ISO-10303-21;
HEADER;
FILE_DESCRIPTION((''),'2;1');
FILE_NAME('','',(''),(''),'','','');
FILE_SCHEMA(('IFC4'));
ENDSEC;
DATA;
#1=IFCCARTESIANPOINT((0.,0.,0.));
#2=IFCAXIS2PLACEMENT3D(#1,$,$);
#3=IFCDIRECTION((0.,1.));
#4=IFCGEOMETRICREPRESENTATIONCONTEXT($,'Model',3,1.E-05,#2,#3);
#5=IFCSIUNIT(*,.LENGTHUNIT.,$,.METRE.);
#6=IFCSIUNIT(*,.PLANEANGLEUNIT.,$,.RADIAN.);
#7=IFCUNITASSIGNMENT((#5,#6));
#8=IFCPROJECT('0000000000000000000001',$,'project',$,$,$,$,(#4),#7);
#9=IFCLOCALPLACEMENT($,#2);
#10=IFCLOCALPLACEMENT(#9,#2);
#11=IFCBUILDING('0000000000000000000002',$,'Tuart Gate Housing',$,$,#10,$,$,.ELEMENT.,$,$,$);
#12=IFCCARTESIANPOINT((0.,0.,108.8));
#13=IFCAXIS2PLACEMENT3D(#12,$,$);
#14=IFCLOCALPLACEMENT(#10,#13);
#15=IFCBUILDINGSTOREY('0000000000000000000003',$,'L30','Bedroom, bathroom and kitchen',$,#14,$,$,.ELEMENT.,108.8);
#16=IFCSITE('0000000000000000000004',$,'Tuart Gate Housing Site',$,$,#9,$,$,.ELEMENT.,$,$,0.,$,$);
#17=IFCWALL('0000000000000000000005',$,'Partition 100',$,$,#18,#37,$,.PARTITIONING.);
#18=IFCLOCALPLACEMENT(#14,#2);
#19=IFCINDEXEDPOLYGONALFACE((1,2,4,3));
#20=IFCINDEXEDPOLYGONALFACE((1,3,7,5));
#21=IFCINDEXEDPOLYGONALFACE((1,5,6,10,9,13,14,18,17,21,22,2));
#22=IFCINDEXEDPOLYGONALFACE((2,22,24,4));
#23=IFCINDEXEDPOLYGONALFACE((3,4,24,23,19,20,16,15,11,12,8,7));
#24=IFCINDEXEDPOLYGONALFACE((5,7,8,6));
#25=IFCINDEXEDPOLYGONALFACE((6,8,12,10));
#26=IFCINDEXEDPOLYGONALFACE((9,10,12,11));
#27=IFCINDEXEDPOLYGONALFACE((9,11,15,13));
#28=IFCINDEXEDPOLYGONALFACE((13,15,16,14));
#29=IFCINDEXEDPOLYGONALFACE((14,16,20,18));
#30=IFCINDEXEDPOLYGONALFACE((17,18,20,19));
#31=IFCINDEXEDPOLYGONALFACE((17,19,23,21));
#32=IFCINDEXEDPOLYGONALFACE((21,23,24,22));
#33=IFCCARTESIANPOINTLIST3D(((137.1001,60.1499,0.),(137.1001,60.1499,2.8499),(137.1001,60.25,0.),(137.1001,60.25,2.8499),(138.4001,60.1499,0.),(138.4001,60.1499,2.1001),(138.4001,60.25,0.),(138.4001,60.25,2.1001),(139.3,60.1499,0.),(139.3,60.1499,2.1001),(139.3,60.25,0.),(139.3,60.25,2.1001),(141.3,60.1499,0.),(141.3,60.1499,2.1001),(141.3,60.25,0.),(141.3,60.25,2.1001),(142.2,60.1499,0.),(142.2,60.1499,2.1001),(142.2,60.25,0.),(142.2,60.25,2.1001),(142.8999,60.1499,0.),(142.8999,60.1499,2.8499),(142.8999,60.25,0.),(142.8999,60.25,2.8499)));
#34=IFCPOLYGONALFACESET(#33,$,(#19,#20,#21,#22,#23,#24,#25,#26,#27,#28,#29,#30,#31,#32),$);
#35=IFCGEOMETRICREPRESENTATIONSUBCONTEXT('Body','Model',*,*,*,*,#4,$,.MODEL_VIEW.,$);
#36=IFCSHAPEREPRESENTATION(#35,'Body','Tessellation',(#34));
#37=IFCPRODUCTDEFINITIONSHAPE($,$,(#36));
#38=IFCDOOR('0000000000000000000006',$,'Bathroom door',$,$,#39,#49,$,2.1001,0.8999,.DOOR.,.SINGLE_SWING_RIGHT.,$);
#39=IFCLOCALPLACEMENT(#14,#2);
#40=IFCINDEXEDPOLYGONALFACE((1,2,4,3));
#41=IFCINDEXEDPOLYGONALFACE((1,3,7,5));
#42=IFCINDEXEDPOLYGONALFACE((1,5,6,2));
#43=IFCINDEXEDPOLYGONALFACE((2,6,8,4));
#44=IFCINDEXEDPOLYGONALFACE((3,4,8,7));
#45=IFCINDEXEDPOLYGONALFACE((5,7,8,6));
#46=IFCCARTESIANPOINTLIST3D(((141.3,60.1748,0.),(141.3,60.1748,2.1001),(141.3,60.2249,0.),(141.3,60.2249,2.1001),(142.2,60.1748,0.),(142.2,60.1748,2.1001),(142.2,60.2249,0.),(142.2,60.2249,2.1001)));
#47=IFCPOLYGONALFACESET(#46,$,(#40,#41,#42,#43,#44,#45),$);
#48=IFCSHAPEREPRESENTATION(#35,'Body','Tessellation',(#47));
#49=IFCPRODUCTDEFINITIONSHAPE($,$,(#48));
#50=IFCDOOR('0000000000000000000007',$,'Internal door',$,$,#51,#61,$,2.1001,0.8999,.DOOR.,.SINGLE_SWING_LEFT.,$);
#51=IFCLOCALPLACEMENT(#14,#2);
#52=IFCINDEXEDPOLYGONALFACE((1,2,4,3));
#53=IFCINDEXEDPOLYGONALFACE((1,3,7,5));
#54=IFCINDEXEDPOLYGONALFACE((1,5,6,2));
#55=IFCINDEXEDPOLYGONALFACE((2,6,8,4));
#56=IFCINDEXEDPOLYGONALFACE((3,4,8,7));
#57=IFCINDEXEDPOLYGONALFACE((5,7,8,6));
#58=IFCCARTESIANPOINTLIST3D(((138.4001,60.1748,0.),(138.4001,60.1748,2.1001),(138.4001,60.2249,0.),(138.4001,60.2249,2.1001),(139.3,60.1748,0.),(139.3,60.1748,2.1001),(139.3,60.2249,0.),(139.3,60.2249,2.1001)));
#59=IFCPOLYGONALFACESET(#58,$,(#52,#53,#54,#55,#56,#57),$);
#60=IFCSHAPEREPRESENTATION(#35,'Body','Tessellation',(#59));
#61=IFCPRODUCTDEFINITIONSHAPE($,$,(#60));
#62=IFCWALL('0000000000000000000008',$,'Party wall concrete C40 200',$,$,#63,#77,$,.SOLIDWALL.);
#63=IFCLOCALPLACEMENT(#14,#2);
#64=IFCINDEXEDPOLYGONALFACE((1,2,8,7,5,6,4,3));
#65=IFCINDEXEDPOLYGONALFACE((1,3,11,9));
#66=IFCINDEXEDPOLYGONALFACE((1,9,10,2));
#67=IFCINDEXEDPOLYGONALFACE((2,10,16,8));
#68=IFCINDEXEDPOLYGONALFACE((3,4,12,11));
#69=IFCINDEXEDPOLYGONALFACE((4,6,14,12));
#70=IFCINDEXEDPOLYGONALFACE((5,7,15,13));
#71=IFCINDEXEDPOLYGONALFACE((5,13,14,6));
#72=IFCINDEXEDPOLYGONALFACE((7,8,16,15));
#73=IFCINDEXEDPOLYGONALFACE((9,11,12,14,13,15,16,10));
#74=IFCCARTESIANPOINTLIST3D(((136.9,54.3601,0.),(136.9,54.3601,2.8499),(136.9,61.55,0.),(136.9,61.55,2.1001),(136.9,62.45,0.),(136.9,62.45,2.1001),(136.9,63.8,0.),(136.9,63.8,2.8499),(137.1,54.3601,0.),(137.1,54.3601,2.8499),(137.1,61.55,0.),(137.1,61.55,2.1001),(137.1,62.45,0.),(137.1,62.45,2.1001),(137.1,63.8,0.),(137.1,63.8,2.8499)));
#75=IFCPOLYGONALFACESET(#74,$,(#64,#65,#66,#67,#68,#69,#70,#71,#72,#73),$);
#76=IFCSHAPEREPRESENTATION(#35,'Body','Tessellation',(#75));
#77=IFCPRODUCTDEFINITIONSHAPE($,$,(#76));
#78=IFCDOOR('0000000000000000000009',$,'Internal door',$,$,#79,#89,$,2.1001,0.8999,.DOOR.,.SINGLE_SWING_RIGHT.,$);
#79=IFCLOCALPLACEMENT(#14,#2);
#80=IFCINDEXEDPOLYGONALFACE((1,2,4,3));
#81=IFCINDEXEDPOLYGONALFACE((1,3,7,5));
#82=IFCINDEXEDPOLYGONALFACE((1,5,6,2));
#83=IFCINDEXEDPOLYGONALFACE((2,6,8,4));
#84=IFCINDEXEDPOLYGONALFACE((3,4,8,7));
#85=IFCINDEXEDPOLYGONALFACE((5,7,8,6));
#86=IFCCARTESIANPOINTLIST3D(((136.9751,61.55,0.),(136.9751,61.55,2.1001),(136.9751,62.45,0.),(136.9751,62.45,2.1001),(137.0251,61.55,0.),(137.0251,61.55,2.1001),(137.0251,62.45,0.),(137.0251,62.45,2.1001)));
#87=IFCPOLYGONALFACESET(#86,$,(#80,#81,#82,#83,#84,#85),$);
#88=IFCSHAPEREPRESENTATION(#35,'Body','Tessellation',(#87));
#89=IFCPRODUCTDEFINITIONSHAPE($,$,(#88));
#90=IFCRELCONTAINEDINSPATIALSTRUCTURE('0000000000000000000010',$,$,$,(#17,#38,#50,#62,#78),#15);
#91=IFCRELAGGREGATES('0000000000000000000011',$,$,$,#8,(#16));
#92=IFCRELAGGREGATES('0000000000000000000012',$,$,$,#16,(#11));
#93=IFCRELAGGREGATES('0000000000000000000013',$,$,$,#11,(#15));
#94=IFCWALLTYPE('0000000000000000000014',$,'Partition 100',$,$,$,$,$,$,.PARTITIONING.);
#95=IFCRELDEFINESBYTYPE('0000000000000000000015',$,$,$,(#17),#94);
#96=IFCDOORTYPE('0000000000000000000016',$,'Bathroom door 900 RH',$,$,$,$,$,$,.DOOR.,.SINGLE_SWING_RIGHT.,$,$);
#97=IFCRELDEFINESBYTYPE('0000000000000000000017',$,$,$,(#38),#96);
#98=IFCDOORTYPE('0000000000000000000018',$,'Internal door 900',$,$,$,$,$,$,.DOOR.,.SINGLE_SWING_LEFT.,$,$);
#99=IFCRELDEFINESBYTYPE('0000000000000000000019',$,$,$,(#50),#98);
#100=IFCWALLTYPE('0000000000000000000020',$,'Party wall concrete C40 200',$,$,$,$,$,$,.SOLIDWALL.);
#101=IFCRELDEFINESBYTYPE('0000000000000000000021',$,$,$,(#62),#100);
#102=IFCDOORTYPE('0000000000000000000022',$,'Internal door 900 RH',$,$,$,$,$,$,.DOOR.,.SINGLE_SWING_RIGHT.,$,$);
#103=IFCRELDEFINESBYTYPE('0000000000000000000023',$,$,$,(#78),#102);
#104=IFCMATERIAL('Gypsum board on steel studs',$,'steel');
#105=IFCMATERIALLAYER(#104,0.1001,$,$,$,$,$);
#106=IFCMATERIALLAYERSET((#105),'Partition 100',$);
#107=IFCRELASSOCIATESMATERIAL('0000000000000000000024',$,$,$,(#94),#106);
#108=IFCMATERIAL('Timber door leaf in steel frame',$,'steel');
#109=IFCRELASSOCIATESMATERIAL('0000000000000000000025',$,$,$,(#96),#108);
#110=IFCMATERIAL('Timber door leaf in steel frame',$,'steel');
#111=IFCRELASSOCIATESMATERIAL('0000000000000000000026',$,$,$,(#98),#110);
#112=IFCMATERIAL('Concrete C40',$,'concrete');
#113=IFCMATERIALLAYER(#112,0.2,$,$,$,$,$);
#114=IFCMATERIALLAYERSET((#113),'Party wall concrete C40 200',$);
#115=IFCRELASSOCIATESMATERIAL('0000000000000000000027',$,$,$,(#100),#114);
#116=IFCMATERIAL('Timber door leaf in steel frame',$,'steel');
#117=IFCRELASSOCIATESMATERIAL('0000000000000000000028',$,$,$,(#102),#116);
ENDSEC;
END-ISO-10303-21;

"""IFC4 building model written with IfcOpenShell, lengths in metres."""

from ifc_helpers import new_model, si_unit, direction, frame, frame_2d, origin, place, context, subcontext, project, spatial, rectangle, extrude, material, layer, layer_set, type_object, element, fill, save


model = new_model("IFC4")

# Units and contexts
model_context = context("Model", 3, precision=1e-05, world=origin(), true_north=direction((0.0, 1.0)))
body_context = subcontext(model_context, "Body", "Model", "MODEL_VIEW")
ifc_project = project(units=[si_unit("LENGTHUNIT", "METRE"), si_unit("PLANEANGLEUNIT", "RADIAN")], contexts=[model_context])

# Site, building, storey
site_placement = place(None, origin())
site = spatial("IfcSite", under=ifc_project, at=site_placement, Name="Tuart Gate Housing Site", CompositionType="ELEMENT", RefElevation=0.0)
building_placement = place(site_placement, origin())
building = spatial("IfcBuilding", under=site, at=building_placement, Name="Tuart Gate Housing", CompositionType="ELEMENT")
storey_placement = place(building_placement, frame((0.0, 0.0, 108.8)))
storey = spatial("IfcBuildingStorey", under=building, at=storey_placement, Name="L30", Description="Bedroom, bathroom and kitchen", CompositionType="ELEMENT", Elevation=108.8)

# Wall, openings, doors
ifc_material_1 = material(Name="Gypsum board on steel studs", Category="steel")
ifc_layer_1 = layer(ifc_material_1, 0.1001)
ifc_layer_set_1 = layer_set([ifc_layer_1], Name="Partition 100")
wall_type_1 = type_object("IfcWallType", Name="Partition 100", PredefinedType="PARTITIONING", material=ifc_layer_set_1)
wall_1_placement = place(storey_placement, frame((137.1001, 60.2, 0.0), z_axis=(0.0, 0.0, 1.0), x_axis=(1.0, 0.0, 0.0)))
wall_1 = element("IfcWall", 1, at=wall_1_placement, inside=storey, type_object=wall_type_1, Name="Partition 100", PredefinedType="PARTITIONING", context=body_context, shape_type="SweptSolid", body=[
    extrude(rectangle(XDim=5.7998, YDim=0.1001, at=frame_2d((2.8999, 0.0))), origin(), (0.0, 0.0, 1.0), 2.8499),
])
opening_1_placement = place(wall_1_placement, frame((1.3, 0.0, 0.0)))
opening_1 = element("IfcOpeningElement", 2, at=opening_1_placement, cuts=wall_1, PredefinedType="OPENING", context=body_context, shape_type="SweptSolid", body=[
    extrude(rectangle(XDim=0.8999, YDim=2.1001, at=frame_2d((0.45, 1.05))), frame((0.0, 0.0601, 0.0), z_axis=(0.0, -1.0, 0.0), x_axis=(1.0, 0.0, 0.0)), (0.0, 0.0, 1.0), 0.1201),
])
opening_2_placement = place(wall_1_placement, frame((4.2, 0.0, 0.0)))
opening_2 = element("IfcOpeningElement", 3, at=opening_2_placement, cuts=wall_1, PredefinedType="OPENING", context=body_context, shape_type="SweptSolid", body=[
    extrude(rectangle(XDim=0.8999, YDim=2.1001, at=frame_2d((0.45, 1.05))), frame((0.0, 0.0601, 0.0), z_axis=(0.0, -1.0, 0.0), x_axis=(1.0, 0.0, 0.0)), (0.0, 0.0, 1.0), 0.1201),
])
ifc_material_2 = material(Name="Timber door leaf in steel frame", Category="steel")
door_type_1 = type_object("IfcDoorType", Name="Bathroom door 900 RH", OperationType="SINGLE_SWING_RIGHT", PredefinedType="DOOR", material=ifc_material_2)
door_1_placement = place(opening_2_placement, frame((0.8999, 0.0, 0.0), z_axis=(0.0, 0.0, 1.0), x_axis=(-1.0, 0.0, 0.0)))
door_1 = element("IfcDoor", 4, at=door_1_placement, inside=storey, type_object=door_type_1, Name="Bathroom door", OperationType="SINGLE_SWING_RIGHT", OverallHeight=2.1001, OverallWidth=0.8999, PredefinedType="DOOR", context=body_context, shape_type="SweptSolid", body=[
    extrude(rectangle(XDim=0.8999, YDim=2.1001, at=frame_2d((0.45, 1.05))), frame((0.0, 0.0251, 0.0), z_axis=(0.0, -1.0, 0.0), x_axis=(1.0, 0.0, 0.0)), (0.0, 0.0, 1.0), 0.05),
])
fill(opening_2, door_1)
ifc_material_3 = material(Name="Timber door leaf in steel frame", Category="steel")
door_type_2 = type_object("IfcDoorType", Name="Internal door 900", OperationType="SINGLE_SWING_LEFT", PredefinedType="DOOR", material=ifc_material_3)
door_2_placement = place(opening_1_placement, frame((0.8999, 0.0, 0.0), z_axis=(0.0, 0.0, 1.0), x_axis=(-1.0, 0.0, 0.0)))
door_2 = element("IfcDoor", 5, at=door_2_placement, inside=storey, type_object=door_type_2, Name="Internal door", OperationType="SINGLE_SWING_LEFT", OverallHeight=2.1001, OverallWidth=0.8999, PredefinedType="DOOR", context=body_context, shape_type="SweptSolid", body=[
    extrude(rectangle(XDim=0.8999, YDim=2.1001, at=frame_2d((0.45, 1.05))), frame((0.0, 0.0251, 0.0), z_axis=(0.0, -1.0, 0.0), x_axis=(1.0, 0.0, 0.0)), (0.0, 0.0, 1.0), 0.05),
])
fill(opening_1, door_2)

# Wall, opening, door
ifc_material_4 = material(Name="Concrete C40", Category="concrete")
ifc_layer_2 = layer(ifc_material_4, 0.2)
ifc_layer_set_2 = layer_set([ifc_layer_2], Name="Party wall concrete C40 200")
wall_type_2 = type_object("IfcWallType", Name="Party wall concrete C40 200", PredefinedType="SOLIDWALL", material=ifc_layer_set_2)
wall_2_placement = place(storey_placement, frame((137.0, 54.3601, 0.0), z_axis=(0.0, 0.0, 1.0), x_axis=(0.0, 1.0, 0.0)))
wall_2 = element("IfcWall", 6, at=wall_2_placement, inside=storey, type_object=wall_type_2, Name="Party wall concrete C40 200", PredefinedType="SOLIDWALL", context=body_context, shape_type="SweptSolid", body=[
    extrude(rectangle(XDim=9.4399, YDim=0.2, at=frame_2d((4.72, 0.0))), origin(), (0.0, 0.0, 1.0), 2.8499),
])
opening_3_placement = place(wall_2_placement, frame((7.1899, 0.0, 0.0)))
opening_3 = element("IfcOpeningElement", 7, at=opening_3_placement, cuts=wall_2, PredefinedType="OPENING", context=body_context, shape_type="SweptSolid", body=[
    extrude(rectangle(XDim=0.8999, YDim=2.1001, at=frame_2d((0.45, 1.05))), frame((0.0, 0.1099, 0.0), z_axis=(0.0, -1.0, 0.0), x_axis=(1.0, 0.0, 0.0)), (0.0, 0.0, 1.0), 0.22),
])
ifc_material_5 = material(Name="Timber door leaf in steel frame", Category="steel")
door_type_3 = type_object("IfcDoorType", Name="Internal door 900 RH", OperationType="SINGLE_SWING_RIGHT", PredefinedType="DOOR", material=ifc_material_5)
door_3_placement = place(opening_3_placement, frame((0.8999, 0.0, 0.0), z_axis=(0.0, 0.0, 1.0), x_axis=(-1.0, 0.0, 0.0)))
door_3 = element("IfcDoor", 8, at=door_3_placement, inside=storey, type_object=door_type_3, Name="Internal door", OperationType="SINGLE_SWING_RIGHT", OverallHeight=2.1001, OverallWidth=0.8999, PredefinedType="DOOR", context=body_context, shape_type="SweptSolid", body=[
    extrude(rectangle(XDim=0.8999, YDim=2.1001, at=frame_2d((0.45, 1.05))), frame((0.0, 0.0251, 0.0), z_axis=(0.0, -1.0, 0.0), x_axis=(1.0, 0.0, 0.0)), (0.0, 0.0, 1.0), 0.05),
])
fill(opening_3, door_3)

save(model, "model.ifc")
